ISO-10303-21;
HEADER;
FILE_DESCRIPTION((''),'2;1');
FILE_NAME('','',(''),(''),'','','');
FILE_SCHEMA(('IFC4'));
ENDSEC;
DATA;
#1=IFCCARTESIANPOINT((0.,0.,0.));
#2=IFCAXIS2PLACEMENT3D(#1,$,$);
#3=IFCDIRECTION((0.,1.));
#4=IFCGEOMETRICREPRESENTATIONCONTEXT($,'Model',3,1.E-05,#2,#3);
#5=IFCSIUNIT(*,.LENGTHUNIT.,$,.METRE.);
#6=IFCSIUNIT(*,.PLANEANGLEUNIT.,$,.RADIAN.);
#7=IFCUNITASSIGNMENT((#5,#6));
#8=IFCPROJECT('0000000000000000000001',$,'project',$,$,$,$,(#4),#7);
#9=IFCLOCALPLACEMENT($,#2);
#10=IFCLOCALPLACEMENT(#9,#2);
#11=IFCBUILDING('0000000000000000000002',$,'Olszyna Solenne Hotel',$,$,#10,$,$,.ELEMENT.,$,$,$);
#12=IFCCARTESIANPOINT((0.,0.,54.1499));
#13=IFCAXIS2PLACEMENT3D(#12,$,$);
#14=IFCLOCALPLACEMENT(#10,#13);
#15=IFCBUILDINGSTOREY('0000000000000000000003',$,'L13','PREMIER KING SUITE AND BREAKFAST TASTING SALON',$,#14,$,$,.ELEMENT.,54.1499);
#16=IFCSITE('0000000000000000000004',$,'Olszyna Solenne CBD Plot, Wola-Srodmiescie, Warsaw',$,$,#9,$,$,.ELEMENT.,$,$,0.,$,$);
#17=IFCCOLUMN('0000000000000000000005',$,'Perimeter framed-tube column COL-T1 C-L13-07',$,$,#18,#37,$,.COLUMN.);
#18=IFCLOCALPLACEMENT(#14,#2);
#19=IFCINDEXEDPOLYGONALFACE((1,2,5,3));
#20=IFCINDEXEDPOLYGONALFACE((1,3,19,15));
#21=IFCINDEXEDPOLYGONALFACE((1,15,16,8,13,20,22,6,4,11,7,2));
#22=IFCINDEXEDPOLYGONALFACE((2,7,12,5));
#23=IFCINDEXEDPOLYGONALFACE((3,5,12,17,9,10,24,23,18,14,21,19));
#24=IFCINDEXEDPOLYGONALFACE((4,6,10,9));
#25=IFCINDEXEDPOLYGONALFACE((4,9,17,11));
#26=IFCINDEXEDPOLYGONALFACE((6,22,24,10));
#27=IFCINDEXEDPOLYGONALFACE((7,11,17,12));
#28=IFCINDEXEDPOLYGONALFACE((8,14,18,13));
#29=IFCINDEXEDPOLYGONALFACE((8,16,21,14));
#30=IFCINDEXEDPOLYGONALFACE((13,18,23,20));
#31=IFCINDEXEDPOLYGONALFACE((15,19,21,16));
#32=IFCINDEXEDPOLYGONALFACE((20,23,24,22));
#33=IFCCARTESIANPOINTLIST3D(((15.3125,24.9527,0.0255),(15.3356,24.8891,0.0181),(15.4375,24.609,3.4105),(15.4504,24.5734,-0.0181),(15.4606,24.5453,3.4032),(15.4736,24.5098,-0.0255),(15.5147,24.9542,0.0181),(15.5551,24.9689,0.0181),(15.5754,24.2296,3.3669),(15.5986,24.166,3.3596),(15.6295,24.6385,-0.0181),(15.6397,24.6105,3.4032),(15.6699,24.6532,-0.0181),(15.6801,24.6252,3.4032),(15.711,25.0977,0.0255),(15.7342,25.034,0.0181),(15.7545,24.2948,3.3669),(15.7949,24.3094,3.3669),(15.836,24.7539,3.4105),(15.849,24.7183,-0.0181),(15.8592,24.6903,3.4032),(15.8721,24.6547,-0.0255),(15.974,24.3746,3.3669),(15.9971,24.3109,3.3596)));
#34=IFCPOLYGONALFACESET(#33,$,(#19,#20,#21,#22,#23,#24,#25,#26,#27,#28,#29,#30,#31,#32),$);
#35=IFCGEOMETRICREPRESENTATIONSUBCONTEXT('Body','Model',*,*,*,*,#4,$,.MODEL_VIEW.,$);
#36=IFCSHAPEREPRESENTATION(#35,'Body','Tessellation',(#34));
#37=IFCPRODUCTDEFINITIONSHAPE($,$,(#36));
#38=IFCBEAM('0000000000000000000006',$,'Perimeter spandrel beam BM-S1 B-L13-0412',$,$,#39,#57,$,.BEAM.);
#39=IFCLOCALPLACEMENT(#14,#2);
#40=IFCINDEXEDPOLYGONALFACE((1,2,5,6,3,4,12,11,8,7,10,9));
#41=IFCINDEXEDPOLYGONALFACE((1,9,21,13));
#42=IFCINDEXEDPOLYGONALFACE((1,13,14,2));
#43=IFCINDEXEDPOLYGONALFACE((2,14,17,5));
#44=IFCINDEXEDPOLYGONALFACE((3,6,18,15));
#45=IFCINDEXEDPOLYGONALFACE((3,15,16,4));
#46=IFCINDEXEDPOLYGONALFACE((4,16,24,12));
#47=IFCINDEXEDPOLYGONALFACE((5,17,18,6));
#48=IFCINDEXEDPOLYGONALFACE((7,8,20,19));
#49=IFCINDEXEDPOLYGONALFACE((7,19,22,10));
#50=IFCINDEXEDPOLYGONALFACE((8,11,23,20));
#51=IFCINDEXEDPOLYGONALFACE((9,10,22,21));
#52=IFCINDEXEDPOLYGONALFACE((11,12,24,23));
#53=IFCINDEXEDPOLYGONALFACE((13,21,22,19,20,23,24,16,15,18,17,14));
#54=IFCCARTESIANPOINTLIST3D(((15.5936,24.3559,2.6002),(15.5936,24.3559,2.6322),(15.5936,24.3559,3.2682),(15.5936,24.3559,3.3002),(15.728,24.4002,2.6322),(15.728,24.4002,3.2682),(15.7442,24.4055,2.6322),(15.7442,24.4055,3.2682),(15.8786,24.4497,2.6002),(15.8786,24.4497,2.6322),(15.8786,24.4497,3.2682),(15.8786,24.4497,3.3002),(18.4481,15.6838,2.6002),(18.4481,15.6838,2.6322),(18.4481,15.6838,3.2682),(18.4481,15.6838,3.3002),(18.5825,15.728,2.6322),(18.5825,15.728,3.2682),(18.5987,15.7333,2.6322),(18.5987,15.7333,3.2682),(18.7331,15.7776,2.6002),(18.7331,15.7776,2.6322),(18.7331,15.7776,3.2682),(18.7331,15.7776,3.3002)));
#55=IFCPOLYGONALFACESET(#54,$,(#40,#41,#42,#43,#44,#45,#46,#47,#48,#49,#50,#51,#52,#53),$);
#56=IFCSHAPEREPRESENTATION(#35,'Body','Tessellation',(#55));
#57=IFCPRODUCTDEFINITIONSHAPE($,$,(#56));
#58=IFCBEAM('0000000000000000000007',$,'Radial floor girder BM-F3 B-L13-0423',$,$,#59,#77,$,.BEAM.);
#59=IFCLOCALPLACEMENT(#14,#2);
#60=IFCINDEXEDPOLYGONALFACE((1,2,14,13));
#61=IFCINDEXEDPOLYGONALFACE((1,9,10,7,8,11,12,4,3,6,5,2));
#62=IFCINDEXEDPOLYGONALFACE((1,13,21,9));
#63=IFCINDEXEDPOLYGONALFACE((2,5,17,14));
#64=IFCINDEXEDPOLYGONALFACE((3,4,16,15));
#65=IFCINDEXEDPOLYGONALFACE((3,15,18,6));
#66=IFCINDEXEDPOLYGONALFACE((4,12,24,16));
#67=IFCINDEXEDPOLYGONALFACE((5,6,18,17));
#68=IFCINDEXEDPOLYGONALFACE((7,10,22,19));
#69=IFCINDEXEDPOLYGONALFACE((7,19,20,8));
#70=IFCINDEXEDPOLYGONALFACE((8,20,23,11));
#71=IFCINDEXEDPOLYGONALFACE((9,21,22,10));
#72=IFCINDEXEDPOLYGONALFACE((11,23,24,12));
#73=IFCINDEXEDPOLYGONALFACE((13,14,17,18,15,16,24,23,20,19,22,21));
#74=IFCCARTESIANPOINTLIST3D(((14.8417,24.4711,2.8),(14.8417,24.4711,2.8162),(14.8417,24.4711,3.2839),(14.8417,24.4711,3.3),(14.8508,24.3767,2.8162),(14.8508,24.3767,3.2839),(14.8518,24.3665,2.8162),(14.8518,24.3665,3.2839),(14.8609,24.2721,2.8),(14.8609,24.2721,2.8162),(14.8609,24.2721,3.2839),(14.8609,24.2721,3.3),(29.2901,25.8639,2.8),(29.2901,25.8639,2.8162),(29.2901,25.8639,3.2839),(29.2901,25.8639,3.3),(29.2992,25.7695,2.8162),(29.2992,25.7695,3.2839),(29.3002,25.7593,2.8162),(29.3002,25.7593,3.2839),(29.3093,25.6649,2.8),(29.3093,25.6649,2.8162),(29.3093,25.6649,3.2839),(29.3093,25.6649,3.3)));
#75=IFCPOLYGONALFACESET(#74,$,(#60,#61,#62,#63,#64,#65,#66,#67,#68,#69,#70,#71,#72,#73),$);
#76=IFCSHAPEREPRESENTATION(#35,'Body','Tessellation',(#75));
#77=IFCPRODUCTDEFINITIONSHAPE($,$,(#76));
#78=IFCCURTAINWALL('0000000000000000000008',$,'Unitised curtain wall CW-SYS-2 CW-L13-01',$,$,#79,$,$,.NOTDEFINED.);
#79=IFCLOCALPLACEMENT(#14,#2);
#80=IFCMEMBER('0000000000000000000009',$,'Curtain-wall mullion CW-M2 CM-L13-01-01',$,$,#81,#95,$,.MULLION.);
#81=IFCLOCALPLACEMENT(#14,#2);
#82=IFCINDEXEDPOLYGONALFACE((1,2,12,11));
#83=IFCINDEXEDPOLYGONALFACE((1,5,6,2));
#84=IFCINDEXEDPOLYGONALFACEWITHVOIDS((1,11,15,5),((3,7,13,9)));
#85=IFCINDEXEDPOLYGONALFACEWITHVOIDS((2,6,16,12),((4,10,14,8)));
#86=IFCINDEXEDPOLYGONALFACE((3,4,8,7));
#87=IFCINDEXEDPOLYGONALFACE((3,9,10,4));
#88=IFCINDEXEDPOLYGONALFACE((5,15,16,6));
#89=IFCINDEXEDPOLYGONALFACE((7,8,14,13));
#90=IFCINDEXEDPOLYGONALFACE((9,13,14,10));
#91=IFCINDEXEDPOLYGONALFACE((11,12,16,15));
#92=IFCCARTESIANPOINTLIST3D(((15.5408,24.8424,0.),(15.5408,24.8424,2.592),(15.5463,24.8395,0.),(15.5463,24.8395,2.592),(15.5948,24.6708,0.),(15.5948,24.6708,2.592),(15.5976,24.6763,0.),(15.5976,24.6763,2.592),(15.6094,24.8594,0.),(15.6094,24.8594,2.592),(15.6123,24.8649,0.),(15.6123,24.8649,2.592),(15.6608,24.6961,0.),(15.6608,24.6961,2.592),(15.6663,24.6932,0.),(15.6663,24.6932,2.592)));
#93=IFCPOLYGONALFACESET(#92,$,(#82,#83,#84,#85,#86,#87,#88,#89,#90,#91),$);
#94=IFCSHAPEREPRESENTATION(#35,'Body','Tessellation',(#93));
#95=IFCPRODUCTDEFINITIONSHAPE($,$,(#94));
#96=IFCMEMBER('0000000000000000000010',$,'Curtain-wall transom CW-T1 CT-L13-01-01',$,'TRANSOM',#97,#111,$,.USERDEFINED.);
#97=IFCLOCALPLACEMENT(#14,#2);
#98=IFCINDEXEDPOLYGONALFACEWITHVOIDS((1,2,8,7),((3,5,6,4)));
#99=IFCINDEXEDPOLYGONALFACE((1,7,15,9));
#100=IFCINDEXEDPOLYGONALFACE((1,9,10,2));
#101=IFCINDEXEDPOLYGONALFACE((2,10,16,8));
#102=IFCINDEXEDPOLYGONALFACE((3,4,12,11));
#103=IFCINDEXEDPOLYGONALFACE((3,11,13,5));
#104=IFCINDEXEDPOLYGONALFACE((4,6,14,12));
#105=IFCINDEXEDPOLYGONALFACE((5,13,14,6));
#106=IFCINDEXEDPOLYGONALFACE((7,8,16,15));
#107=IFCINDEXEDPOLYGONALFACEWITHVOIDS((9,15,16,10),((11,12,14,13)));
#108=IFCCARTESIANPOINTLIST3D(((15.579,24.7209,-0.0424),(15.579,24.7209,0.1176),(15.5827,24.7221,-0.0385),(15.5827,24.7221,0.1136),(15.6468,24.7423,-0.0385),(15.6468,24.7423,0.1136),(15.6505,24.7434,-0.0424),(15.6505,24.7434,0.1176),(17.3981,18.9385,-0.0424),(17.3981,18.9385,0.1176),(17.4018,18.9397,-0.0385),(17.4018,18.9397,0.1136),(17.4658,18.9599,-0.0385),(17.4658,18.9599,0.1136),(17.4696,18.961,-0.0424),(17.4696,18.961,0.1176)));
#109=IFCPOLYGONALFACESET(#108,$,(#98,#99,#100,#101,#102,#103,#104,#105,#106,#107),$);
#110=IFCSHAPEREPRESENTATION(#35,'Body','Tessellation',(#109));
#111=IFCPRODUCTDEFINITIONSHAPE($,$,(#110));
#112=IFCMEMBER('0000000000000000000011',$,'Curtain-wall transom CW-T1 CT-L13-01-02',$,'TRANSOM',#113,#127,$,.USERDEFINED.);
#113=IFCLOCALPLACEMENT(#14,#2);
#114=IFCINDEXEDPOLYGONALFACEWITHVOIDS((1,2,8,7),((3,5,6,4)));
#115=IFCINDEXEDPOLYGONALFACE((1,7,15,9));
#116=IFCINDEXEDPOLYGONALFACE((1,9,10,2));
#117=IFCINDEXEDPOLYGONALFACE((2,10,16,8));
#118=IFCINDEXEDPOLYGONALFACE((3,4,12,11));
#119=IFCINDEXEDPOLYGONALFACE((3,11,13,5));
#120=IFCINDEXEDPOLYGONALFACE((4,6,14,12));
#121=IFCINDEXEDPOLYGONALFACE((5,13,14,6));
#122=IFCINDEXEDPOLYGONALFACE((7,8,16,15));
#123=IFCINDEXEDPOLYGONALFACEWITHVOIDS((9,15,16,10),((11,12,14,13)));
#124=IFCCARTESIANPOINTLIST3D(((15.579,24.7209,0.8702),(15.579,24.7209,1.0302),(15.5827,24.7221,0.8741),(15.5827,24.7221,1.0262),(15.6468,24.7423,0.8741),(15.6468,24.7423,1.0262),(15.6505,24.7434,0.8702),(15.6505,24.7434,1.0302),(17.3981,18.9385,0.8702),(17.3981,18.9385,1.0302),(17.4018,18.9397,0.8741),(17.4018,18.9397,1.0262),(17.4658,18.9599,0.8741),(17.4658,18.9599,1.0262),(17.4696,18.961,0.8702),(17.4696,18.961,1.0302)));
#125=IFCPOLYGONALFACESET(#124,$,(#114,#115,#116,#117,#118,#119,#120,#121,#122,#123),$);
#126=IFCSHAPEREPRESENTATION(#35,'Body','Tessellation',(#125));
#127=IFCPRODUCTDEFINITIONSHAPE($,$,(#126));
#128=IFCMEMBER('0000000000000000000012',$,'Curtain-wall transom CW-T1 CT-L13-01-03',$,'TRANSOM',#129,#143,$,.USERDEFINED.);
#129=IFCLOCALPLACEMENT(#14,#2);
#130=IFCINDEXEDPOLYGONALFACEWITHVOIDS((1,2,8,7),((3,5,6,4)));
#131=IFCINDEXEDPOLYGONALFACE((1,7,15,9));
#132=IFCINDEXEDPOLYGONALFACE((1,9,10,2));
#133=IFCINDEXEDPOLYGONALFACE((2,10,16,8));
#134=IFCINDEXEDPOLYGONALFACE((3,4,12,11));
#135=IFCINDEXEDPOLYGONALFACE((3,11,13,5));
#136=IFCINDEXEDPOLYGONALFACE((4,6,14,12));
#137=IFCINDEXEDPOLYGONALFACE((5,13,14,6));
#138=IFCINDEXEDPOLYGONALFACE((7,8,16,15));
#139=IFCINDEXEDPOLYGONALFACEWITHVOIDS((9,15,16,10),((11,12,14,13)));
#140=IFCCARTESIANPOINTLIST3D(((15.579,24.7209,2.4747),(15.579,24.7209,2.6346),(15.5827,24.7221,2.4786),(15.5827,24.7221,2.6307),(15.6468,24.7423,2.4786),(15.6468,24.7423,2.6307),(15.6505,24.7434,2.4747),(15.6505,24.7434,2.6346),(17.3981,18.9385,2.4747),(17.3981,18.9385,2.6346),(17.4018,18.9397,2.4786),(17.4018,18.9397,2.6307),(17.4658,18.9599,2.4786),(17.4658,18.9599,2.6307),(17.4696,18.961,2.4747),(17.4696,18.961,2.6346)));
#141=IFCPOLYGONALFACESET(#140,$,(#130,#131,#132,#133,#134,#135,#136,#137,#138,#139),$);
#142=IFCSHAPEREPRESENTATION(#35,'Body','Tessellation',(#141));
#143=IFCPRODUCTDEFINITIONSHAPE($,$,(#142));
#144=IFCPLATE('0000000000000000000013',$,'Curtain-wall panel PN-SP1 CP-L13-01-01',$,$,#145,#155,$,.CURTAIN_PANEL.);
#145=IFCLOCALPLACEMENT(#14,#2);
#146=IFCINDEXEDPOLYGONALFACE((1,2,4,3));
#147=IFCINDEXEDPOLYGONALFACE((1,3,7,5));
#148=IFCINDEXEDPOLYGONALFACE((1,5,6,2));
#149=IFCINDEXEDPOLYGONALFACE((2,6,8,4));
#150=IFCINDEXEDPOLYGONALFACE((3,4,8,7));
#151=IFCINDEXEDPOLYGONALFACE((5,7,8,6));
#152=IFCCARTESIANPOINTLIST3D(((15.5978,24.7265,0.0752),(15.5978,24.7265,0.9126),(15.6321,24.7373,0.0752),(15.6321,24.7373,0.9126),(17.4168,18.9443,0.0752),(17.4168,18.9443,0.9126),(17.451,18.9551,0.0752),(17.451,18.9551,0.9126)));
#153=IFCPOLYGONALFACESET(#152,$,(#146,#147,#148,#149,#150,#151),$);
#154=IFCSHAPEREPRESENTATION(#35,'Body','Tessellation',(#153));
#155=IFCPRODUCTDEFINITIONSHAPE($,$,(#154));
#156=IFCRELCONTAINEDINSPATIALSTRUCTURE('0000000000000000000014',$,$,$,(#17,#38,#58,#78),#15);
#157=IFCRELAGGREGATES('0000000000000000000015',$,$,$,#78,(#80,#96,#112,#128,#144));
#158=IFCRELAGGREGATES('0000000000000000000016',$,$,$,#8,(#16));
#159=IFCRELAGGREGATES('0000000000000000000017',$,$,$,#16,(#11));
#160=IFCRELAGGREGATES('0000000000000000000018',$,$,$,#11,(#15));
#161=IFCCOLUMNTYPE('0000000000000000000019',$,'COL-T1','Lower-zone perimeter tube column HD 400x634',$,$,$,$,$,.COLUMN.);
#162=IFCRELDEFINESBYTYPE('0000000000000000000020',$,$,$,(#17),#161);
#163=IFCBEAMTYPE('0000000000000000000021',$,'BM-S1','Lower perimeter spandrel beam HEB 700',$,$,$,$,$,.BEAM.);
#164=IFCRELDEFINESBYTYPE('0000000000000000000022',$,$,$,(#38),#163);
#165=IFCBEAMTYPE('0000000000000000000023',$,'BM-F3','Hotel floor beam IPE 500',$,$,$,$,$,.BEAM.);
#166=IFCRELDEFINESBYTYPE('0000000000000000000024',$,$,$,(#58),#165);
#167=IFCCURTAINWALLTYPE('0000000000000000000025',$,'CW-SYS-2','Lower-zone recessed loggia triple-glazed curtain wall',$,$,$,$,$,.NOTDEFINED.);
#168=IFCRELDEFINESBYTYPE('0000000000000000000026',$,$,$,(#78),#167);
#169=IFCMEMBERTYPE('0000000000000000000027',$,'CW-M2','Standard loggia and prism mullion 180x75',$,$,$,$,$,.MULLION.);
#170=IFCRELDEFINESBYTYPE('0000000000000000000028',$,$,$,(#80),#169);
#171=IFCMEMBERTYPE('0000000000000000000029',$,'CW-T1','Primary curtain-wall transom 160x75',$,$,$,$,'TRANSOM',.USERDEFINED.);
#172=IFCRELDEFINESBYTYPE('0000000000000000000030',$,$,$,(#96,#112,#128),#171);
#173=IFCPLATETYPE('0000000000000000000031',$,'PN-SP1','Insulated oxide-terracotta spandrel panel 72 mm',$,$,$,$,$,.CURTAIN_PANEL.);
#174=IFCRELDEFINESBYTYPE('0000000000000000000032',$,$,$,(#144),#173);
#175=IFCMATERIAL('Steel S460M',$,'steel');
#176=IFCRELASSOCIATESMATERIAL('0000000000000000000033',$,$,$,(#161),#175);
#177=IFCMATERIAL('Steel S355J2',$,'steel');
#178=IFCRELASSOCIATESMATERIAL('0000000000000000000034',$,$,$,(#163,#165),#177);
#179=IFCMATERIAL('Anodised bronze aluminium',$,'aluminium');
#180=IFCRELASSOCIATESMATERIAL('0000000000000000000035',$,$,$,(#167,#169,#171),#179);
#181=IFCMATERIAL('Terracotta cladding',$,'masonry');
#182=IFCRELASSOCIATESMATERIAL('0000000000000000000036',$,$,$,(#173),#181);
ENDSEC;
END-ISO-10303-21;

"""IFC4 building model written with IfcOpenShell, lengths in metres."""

from ifc_helpers import new_model, si_unit, direction, frame, origin, origin_2d, place, context, subcontext, project, spatial, rectangle, hollow_rectangle, i_section, extrude, source, transform, mapped, material, material_profile, profile_set, type_object, element, aggregate, save


model = new_model("IFC4")

# Units and contexts
model_context = context("Model", 3, precision=1e-05, world=origin(), true_north=direction((0.0, 1.0)))
body_context = subcontext(model_context, "Body", "Model", "MODEL_VIEW")
ifc_project = project(units=[si_unit("LENGTHUNIT", "METRE"), si_unit("PLANEANGLEUNIT", "RADIAN")], contexts=[model_context])

# Site, building, storey
site_placement = place(None, origin())
site = spatial("IfcSite", under=ifc_project, at=site_placement, Name="Olszyna Solenne CBD Plot, Wola-Srodmiescie, Warsaw", CompositionType="ELEMENT", RefElevation=0.0)
building_placement = place(site_placement, origin())
building = spatial("IfcBuilding", under=site, at=building_placement, Name="Olszyna Solenne Hotel", CompositionType="ELEMENT")
storey_placement = place(building_placement, frame((0.0, 0.0, 54.1499)))
storey = spatial("IfcBuildingStorey", under=building, at=storey_placement, Name="L13", Description="PREMIER KING SUITE AND BREAKFAST TASTING SALON", CompositionType="ELEMENT", Elevation=54.1499)

# Column
ifc_material_1 = material(Name="Steel S460M", Category="steel")
ifc_material_profile_1 = material_profile(ifc_material_1, i_section(OverallWidth=0.4241, OverallDepth=0.4741, WebThickness=0.043, FlangeThickness=0.0681, at=origin_2d()), Name="HD 400x634", Category="load-bearing")
ifc_profile_set_1 = profile_set([ifc_material_profile_1], Name="Steel S460M")
column_type = type_object("IfcColumnType", Name="COL-T1", Description="Lower-zone perimeter tube column HD 400x634", PredefinedType="COLUMN", material=ifc_profile_set_1)
shared_shape_1 = source(origin(), body_context, "Body", "SweptSolid", [
    extrude(i_section(OverallWidth=0.4241, OverallDepth=0.4741, WebThickness=0.043, FlangeThickness=0.0681, at=origin_2d()), origin(), (0.0, 0.0, 1.0), 3.4048),
])
column_placement = place(storey_placement, frame((15.5923, 24.8037, 0.0), z_axis=(0.036714, -0.100963, 0.994213), x_axis=(0.939793, 0.341743, 0.0)))
element("IfcColumn", 1, at=column_placement, inside=storey, type_object=column_type, Name="Perimeter framed-tube column COL-T1 C-L13-07", PredefinedType="COLUMN", context=body_context, shape_type="MappedRepresentation", body=[
    mapped(shared_shape_1, transform((0.0, 0.0, 0.0), x_axis=(1.0, 0.0, 0.0), y_axis=(0.0, 1.0, 0.0), z_axis=(0.0, 0.0, 1.0), scale=1.0)),
])

# Beams
ifc_material_2 = material(Name="Steel S355J2", Category="steel")
ifc_material_profile_2 = material_profile(ifc_material_2, i_section(OverallWidth=0.3, OverallDepth=0.7, WebThickness=0.0171, FlangeThickness=0.032, at=origin_2d()), Name="HEB 700", Category="load-bearing")
ifc_profile_set_2 = profile_set([ifc_material_profile_2], Name="Steel S355J2")
beam_type_1 = type_object("IfcBeamType", Name="BM-S1", Description="Lower perimeter spandrel beam HEB 700", PredefinedType="BEAM", material=ifc_profile_set_2)
shared_shape_2 = source(origin(), body_context, "Body", "SweptSolid", [
    extrude(i_section(OverallWidth=0.3, OverallDepth=0.7, WebThickness=0.0171, FlangeThickness=0.032, at=origin_2d()), origin(), (0.0, 0.0, 1.0), 9.1299),
])
beam_1_placement = place(storey_placement, frame((15.7361, 24.4028, 2.9502), z_axis=(0.312656, -0.949867, 0.0), x_axis=(0.949867, 0.312656, 0.0)))
element("IfcBeam", 2, at=beam_1_placement, inside=storey, type_object=beam_type_1, Name="Perimeter spandrel beam BM-S1 B-L13-0412", PredefinedType="BEAM", context=body_context, shape_type="MappedRepresentation", body=[
    mapped(shared_shape_2, transform((0.0, 0.0, 0.0), x_axis=(1.0, 0.0, 0.0), y_axis=(0.0, 1.0, 0.0), z_axis=(0.0, 0.0, 1.0), scale=1.0)),
])
ifc_material_profile_3 = material_profile(ifc_material_2, i_section(OverallWidth=0.2, OverallDepth=0.5, WebThickness=0.0103, FlangeThickness=0.0161, at=origin_2d()), Name="IPE 500", Category="load-bearing")
ifc_profile_set_3 = profile_set([ifc_material_profile_3], Name="Steel S355J2")
beam_type_2 = type_object("IfcBeamType", Name="BM-F3", Description="Hotel floor beam IPE 500", PredefinedType="BEAM", material=ifc_profile_set_3)
shared_shape_3 = source(origin(), body_context, "Body", "SweptSolid", [
    extrude(i_section(OverallWidth=0.2, OverallDepth=0.5, WebThickness=0.0103, FlangeThickness=0.0161, at=origin_2d()), origin(), (0.0, 0.0, 1.0), 14.5154),
])
beam_2_placement = place(storey_placement, frame((14.8513, 24.3716, 3.05), z_axis=(0.995386, 0.095954, 0.0), x_axis=(-0.095954, 0.995386, 0.0)))
element("IfcBeam", 3, at=beam_2_placement, inside=storey, type_object=beam_type_2, Name="Radial floor girder BM-F3 B-L13-0423", PredefinedType="BEAM", context=body_context, shape_type="MappedRepresentation", body=[
    mapped(shared_shape_3, transform((0.0, 0.0, 0.0), x_axis=(1.0, 0.0, 0.0), y_axis=(0.0, 1.0, 0.0), z_axis=(0.0, 0.0, 1.0), scale=1.0)),
])

# Curtain wall, members, plate
ifc_material_3 = material(Name="Anodised bronze aluminium", Category="aluminium")
curtain_wall_type = type_object("IfcCurtainWallType", Name="CW-SYS-2", Description="Lower-zone recessed loggia triple-glazed curtain wall", PredefinedType="NOTDEFINED", material=ifc_material_3)
curtain_wall_placement = place(storey_placement, origin())
curtain_wall = element("IfcCurtainWall", 4, at=curtain_wall_placement, inside=storey, type_object=curtain_wall_type, Name="Unitised curtain wall CW-SYS-2 CW-L13-01", PredefinedType="NOTDEFINED")
ifc_material_profile_4 = material_profile(ifc_material_3, hollow_rectangle(XDim=0.075, YDim=0.1799, WallThickness=0.0044, at=origin_2d()), Name="MULL 180x75x4.5", Category="load-bearing")
ifc_profile_set_4 = profile_set([ifc_material_profile_4], Name="Anodised bronze aluminium")
member_type_1 = type_object("IfcMemberType", Name="CW-M2", Description="Standard loggia and prism mullion 180x75", PredefinedType="MULLION", material=ifc_profile_set_4)
shared_shape_4 = source(origin(), body_context, "Body", "SweptSolid", [
    extrude(hollow_rectangle(XDim=0.075, YDim=0.1799, WallThickness=0.0044, at=origin_2d()), origin(), (0.0, 0.0, 1.0), 2.592),
])
member_1_placement = place(storey_placement, frame((15.6035, 24.7678, 0.0), z_axis=(0.0, 0.0, 1.0), x_axis=(0.953914, 0.30008, 0.0)))
member_1 = element("IfcMember", 5, at=member_1_placement, type_object=member_type_1, Name="Curtain-wall mullion CW-M2 CM-L13-01-01", PredefinedType="MULLION", context=body_context, shape_type="MappedRepresentation", body=[
    mapped(shared_shape_4, transform((0.0, 0.0, 0.0), x_axis=(1.0, 0.0, 0.0), y_axis=(0.0, 1.0, 0.0), z_axis=(0.0, 0.0, 1.0), scale=1.0)),
])
ifc_material_profile_5 = material_profile(ifc_material_3, hollow_rectangle(XDim=0.075, YDim=0.1599, WallThickness=0.0039, at=origin_2d()), Name="TRAN 160x75x4", Category="load-bearing")
ifc_profile_set_5 = profile_set([ifc_material_profile_5], Name="Anodised bronze aluminium")
member_type_2 = type_object("IfcMemberType", Name="CW-T1", Description="Primary curtain-wall transom 160x75", ElementType="TRANSOM", PredefinedType="USERDEFINED", material=ifc_profile_set_5)
shared_shape_5 = source(origin(), body_context, "Body", "SweptSolid", [
    extrude(hollow_rectangle(XDim=0.075, YDim=0.1599, WallThickness=0.0039, at=origin_2d()), origin(), (0.0, 0.0, 1.0), 6.0618),
])
member_2_placement = place(storey_placement, frame((15.6147, 24.7322, 0.0376), z_axis=(0.300088, -0.953911, 0.0), x_axis=(0.953911, 0.300088, 0.0)))
member_2 = element("IfcMember", 6, at=member_2_placement, type_object=member_type_2, Name="Curtain-wall transom CW-T1 CT-L13-01-01", ObjectType="TRANSOM", PredefinedType="USERDEFINED", context=body_context, shape_type="MappedRepresentation", body=[
    mapped(shared_shape_5, transform((0.0, 0.0, 0.0), x_axis=(1.0, 0.0, 0.0), y_axis=(0.0, 1.0, 0.0), z_axis=(0.0, 0.0, 1.0), scale=1.0)),
])
member_3_placement = place(storey_placement, frame((15.6147, 24.7322, 0.9502), z_axis=(0.300088, -0.953911, 0.0), x_axis=(0.953911, 0.300088, 0.0)))
member_3 = element("IfcMember", 7, at=member_3_placement, type_object=member_type_2, Name="Curtain-wall transom CW-T1 CT-L13-01-02", ObjectType="TRANSOM", PredefinedType="USERDEFINED", context=body_context, shape_type="MappedRepresentation", body=[
    mapped(shared_shape_5, transform((0.0, 0.0, 0.0), x_axis=(1.0, 0.0, 0.0), y_axis=(0.0, 1.0, 0.0), z_axis=(0.0, 0.0, 1.0), scale=1.0)),
])
member_4_placement = place(storey_placement, frame((15.6147, 24.7322, 2.5547), z_axis=(0.300088, -0.953911, 0.0), x_axis=(0.953911, 0.300088, 0.0)))
member_4 = element("IfcMember", 8, at=member_4_placement, type_object=member_type_2, Name="Curtain-wall transom CW-T1 CT-L13-01-03", ObjectType="TRANSOM", PredefinedType="USERDEFINED", context=body_context, shape_type="MappedRepresentation", body=[
    mapped(shared_shape_5, transform((0.0, 0.0, 0.0), x_axis=(1.0, 0.0, 0.0), y_axis=(0.0, 1.0, 0.0), z_axis=(0.0, 0.0, 1.0), scale=1.0)),
])
ifc_material_4 = material(Name="Terracotta cladding", Category="masonry")
plate_type_1 = type_object("IfcPlateType", Name="PN-SP1", Description="Insulated oxide-terracotta spandrel panel 72 mm", PredefinedType="CURTAIN_PANEL", material=ifc_material_4)
shared_shape_6 = source(origin(), body_context, "Body", "SweptSolid", [
    extrude(rectangle(XDim=6.0615, YDim=0.0359, at=origin_2d()), origin(), (0.0, 0.0, 1.0), 0.8374),
])
plate_1_placement = place(storey_placement, frame((16.5244, 21.8408, 0.0752), z_axis=(0.0, 0.0, 1.0), x_axis=(0.30008, -0.953914, 0.0)))
plate_1 = element("IfcPlate", 9, at=plate_1_placement, type_object=plate_type_1, Name="Curtain-wall panel PN-SP1 CP-L13-01-01", PredefinedType="CURTAIN_PANEL", context=body_context, shape_type="MappedRepresentation", body=[
    mapped(shared_shape_6, transform((0.0, 0.0, 0.0), x_axis=(1.0, 0.0, 0.0), y_axis=(0.0, 1.0, 0.0), z_axis=(0.0, 0.0, 1.0), scale=1.0)),
])
aggregate(curtain_wall, [member_1, member_2, member_3, member_4, plate_1])

save(model, "model.ifc")
